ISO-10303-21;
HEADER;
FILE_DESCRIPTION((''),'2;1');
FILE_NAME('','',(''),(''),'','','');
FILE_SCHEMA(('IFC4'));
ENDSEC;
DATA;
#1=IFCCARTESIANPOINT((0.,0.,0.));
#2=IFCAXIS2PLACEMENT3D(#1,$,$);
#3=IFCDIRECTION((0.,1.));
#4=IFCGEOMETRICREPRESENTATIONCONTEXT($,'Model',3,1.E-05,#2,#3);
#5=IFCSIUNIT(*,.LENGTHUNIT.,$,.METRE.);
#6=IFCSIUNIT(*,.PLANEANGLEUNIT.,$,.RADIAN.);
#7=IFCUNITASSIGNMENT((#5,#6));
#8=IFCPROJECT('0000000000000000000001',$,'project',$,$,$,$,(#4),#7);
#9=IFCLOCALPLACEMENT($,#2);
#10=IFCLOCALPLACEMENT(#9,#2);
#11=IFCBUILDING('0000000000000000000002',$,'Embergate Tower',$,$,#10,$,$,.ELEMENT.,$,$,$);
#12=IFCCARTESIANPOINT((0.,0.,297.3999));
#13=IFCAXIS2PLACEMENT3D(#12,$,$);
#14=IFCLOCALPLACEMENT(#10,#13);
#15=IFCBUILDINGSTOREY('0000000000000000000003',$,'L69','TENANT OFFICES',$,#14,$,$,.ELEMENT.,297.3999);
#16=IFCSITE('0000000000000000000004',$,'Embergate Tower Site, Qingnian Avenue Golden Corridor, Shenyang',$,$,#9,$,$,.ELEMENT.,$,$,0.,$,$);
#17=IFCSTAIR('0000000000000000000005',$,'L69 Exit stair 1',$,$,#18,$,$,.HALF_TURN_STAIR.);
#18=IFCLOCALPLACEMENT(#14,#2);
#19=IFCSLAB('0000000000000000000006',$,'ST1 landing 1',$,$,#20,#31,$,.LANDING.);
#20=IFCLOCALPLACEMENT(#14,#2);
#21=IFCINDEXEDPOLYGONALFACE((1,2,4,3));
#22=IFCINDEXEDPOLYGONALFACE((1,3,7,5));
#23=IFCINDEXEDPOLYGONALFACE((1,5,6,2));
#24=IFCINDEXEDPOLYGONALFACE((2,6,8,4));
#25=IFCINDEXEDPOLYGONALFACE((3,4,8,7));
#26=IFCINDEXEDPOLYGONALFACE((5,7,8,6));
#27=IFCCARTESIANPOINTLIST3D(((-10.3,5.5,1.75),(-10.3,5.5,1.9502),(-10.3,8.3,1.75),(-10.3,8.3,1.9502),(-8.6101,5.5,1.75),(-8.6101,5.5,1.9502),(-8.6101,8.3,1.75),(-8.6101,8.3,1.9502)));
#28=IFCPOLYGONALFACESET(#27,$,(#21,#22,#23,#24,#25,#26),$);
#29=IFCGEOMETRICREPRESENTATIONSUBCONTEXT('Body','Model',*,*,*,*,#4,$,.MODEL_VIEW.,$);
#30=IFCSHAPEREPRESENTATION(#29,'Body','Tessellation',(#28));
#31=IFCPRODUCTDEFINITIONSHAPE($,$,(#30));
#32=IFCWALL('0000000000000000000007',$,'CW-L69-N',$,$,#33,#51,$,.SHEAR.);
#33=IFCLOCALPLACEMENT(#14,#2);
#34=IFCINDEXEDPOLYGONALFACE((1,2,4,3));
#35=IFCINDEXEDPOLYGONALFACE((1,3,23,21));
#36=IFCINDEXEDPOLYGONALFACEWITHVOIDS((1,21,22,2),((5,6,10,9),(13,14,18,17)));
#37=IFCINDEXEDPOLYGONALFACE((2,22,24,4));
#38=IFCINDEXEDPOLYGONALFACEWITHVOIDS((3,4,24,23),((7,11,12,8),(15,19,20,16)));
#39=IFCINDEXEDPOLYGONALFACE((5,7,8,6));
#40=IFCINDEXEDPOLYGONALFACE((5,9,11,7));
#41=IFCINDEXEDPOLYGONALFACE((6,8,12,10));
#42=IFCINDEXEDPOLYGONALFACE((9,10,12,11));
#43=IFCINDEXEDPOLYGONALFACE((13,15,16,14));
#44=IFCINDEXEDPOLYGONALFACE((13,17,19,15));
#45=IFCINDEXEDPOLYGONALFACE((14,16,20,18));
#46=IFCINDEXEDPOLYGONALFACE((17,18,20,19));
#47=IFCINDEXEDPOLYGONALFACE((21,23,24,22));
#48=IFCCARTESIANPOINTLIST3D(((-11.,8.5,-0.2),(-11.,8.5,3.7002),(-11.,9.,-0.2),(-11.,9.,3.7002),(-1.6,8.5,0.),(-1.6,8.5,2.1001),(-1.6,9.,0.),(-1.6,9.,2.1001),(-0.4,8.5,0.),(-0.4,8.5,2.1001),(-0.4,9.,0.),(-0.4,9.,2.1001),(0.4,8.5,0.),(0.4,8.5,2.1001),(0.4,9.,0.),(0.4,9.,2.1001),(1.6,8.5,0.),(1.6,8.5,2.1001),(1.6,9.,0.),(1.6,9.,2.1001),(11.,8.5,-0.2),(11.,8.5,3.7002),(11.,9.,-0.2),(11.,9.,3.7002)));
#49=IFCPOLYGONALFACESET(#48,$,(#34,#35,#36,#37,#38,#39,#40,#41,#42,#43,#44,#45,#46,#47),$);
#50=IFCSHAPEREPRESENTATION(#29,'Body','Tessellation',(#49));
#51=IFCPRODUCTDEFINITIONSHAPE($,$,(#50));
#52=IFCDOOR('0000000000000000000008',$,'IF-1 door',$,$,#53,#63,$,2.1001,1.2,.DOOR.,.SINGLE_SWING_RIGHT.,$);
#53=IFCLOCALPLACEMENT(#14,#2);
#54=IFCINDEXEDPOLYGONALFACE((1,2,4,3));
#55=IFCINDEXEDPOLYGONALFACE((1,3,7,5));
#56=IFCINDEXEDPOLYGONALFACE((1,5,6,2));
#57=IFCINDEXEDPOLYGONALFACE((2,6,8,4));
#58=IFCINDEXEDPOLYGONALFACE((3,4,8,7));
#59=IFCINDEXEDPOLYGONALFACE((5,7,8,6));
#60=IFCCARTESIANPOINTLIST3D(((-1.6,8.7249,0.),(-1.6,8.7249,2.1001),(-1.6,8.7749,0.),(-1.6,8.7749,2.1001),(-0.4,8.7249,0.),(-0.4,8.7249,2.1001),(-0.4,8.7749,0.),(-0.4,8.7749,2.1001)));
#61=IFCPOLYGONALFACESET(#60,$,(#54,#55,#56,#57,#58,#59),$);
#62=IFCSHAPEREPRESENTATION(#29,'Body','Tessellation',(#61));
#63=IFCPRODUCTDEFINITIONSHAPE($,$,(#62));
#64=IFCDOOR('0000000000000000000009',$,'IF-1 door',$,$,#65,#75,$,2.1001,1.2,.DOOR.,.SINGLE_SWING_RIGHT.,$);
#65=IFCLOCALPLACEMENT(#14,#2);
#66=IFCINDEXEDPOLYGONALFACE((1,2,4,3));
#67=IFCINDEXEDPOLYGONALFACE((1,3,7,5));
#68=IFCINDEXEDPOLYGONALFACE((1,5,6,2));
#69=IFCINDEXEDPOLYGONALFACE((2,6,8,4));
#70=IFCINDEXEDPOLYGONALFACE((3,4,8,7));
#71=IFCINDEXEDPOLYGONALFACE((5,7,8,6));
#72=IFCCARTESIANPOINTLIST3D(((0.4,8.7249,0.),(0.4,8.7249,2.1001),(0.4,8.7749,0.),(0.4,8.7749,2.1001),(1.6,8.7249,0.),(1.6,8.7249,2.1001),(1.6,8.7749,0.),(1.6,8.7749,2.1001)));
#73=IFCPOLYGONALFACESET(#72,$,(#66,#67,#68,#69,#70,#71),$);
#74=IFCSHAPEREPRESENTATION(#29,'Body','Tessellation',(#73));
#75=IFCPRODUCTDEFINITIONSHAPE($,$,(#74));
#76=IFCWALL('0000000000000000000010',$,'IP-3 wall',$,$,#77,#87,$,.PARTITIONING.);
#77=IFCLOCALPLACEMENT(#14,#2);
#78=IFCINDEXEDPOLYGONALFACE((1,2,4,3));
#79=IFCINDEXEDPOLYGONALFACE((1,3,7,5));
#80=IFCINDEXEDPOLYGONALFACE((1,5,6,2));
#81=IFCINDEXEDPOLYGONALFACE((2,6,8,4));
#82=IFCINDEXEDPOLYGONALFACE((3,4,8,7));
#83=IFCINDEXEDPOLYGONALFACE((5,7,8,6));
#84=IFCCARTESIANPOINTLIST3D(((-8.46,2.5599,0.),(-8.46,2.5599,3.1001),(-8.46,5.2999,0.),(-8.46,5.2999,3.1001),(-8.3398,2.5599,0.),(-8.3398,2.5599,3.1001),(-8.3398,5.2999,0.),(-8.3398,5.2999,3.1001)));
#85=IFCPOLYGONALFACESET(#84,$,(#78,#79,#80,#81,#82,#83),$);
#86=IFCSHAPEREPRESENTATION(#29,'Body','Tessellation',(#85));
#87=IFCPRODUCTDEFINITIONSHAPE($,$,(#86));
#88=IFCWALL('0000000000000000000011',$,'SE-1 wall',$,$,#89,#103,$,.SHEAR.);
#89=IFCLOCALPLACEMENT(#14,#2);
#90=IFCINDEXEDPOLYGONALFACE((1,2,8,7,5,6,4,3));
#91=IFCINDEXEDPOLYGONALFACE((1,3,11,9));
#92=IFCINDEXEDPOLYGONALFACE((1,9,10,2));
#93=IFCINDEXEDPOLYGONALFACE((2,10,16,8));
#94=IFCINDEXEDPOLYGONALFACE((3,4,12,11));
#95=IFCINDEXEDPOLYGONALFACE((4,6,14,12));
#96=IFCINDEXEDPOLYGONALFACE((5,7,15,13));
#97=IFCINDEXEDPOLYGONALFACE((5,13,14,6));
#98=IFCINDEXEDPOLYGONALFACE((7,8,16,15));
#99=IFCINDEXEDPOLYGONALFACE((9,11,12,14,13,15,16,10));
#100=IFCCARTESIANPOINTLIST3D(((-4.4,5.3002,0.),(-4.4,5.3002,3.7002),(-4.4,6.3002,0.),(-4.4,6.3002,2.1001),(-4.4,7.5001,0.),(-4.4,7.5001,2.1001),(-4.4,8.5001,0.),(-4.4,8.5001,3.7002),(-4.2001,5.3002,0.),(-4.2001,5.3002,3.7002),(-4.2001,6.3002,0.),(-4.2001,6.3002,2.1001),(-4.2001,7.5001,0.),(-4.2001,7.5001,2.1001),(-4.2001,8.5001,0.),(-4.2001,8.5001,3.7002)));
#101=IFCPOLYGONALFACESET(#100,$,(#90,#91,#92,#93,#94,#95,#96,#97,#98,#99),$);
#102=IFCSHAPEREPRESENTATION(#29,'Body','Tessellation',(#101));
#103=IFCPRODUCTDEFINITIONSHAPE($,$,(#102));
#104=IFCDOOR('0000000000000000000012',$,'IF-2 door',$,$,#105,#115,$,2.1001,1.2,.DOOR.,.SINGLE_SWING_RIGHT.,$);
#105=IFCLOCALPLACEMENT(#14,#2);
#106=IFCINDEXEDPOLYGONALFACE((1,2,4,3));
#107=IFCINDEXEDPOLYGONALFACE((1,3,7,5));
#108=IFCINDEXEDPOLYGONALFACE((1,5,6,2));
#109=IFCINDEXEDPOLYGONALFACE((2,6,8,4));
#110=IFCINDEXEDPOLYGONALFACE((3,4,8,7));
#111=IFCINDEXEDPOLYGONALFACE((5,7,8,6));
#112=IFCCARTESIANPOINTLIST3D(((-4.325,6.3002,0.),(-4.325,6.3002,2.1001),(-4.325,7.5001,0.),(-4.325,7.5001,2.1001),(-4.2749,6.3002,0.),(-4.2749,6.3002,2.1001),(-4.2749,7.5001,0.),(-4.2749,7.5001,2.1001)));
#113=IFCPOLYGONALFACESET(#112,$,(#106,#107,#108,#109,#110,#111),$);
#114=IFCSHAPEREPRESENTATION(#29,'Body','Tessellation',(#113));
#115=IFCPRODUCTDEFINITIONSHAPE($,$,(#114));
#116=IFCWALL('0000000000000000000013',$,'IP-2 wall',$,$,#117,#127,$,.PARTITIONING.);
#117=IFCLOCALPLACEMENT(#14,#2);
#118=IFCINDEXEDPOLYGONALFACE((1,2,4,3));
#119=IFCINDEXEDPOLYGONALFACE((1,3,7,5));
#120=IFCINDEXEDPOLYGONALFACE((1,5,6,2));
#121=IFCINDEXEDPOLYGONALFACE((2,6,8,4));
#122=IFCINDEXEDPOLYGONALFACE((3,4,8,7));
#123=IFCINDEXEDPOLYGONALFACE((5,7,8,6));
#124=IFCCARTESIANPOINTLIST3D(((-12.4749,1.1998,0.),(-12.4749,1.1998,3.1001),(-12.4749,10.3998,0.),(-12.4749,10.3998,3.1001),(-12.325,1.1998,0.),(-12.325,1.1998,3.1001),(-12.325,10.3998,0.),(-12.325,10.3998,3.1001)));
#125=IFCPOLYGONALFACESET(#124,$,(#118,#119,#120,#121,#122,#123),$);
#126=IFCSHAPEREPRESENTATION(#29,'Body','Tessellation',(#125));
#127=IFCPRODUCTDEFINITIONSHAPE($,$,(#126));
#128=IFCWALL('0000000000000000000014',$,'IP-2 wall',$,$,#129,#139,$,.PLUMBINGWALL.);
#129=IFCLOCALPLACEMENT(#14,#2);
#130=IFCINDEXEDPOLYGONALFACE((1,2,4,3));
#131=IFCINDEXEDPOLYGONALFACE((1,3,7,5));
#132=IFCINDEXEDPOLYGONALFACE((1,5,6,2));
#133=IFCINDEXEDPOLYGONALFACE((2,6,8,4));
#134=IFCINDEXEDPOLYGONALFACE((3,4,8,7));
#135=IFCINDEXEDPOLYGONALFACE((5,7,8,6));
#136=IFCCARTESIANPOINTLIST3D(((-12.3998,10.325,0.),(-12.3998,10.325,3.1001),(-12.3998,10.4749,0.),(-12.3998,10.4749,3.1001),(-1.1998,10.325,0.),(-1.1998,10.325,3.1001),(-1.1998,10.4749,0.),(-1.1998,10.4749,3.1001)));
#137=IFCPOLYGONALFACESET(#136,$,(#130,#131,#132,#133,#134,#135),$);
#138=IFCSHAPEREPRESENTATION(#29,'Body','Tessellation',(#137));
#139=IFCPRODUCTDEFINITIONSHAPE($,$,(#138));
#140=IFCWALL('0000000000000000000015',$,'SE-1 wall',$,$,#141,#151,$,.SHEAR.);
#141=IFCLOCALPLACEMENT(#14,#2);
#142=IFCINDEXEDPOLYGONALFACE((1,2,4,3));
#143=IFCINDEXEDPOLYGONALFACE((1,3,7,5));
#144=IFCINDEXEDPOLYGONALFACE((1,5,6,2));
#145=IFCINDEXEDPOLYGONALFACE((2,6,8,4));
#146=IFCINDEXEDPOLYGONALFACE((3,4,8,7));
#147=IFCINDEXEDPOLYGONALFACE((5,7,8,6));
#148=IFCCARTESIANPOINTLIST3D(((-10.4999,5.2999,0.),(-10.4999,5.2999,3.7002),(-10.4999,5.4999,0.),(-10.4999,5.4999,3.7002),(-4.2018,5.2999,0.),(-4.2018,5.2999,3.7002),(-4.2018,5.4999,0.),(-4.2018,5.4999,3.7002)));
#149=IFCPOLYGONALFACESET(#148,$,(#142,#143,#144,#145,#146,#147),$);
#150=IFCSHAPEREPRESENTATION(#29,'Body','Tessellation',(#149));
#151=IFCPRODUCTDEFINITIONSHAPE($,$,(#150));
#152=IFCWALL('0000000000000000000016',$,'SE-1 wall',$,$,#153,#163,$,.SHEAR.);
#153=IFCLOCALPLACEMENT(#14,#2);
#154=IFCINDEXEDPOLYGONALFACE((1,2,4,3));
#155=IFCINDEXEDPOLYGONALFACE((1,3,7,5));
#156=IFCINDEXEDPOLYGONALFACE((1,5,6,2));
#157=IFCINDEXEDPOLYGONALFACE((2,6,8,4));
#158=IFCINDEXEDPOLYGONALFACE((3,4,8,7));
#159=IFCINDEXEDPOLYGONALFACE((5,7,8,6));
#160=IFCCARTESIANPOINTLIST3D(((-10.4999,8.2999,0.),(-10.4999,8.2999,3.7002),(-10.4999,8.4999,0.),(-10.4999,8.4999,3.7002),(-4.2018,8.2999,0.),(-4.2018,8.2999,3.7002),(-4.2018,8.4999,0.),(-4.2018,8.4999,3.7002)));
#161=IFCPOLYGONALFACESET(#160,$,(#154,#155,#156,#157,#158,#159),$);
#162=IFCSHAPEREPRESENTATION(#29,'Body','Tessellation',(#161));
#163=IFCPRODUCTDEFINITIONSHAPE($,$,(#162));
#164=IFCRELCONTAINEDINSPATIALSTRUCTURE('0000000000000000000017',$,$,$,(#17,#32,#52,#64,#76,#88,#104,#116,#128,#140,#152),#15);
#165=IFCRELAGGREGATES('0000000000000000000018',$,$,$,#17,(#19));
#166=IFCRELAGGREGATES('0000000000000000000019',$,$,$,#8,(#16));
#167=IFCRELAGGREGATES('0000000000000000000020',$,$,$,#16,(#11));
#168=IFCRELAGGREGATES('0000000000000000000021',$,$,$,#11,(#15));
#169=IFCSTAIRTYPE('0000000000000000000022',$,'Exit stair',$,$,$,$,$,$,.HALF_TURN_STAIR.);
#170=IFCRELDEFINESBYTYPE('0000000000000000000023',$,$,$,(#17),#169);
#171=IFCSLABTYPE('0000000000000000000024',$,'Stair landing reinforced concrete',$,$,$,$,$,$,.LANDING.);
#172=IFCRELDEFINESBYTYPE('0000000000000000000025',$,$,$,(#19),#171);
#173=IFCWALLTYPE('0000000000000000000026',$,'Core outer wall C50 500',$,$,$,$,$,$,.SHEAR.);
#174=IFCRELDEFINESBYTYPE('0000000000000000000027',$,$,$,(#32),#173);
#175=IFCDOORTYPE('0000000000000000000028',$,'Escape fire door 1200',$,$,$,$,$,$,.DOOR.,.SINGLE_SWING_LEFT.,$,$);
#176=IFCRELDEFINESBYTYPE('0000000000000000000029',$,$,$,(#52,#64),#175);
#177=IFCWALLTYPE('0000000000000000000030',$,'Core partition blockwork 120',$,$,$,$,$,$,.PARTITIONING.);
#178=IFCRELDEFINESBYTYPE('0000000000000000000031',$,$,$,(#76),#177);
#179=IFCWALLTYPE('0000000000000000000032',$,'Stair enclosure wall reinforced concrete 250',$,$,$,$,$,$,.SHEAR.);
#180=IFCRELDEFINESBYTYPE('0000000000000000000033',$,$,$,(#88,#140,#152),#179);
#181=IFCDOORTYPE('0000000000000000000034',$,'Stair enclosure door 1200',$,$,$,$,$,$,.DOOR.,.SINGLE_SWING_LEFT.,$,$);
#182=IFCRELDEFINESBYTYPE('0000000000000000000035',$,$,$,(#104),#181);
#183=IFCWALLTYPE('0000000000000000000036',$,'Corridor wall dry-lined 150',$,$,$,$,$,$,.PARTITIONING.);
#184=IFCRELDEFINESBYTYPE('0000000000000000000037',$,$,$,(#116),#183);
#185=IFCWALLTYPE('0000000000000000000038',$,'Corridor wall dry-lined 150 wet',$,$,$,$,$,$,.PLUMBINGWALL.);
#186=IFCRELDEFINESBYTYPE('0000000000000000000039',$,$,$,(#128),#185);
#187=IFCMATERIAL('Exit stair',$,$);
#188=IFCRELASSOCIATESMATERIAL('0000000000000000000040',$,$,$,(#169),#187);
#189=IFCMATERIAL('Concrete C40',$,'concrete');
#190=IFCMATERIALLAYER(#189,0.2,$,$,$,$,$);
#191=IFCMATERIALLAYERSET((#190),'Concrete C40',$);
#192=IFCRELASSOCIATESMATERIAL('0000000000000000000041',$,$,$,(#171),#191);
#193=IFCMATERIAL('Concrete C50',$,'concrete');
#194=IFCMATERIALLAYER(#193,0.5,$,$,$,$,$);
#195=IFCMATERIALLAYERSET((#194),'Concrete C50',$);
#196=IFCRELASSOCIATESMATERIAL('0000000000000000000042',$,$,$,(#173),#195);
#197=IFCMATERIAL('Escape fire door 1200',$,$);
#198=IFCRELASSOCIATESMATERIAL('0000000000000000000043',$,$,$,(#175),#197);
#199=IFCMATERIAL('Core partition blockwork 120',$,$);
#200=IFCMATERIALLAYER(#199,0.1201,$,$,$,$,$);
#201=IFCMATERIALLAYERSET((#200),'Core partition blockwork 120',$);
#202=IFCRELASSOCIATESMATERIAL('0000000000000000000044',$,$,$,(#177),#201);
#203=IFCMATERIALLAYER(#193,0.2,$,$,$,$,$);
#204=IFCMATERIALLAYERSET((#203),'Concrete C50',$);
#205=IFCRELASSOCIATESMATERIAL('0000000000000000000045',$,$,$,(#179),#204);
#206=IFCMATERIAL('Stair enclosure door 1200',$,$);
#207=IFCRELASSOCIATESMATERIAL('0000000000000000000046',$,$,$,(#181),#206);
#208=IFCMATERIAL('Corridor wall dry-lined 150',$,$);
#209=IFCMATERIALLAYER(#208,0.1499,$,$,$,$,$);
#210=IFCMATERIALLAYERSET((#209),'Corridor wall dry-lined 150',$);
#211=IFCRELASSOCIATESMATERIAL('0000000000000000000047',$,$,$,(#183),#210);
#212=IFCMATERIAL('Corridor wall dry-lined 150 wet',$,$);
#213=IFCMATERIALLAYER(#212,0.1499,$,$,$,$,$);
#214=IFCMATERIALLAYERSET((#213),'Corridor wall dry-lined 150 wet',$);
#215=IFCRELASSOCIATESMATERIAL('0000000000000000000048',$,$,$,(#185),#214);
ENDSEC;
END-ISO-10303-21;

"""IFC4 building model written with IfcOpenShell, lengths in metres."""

from ifc_helpers import new_model, si_unit, direction, frame, frame_2d, origin, place, context, subcontext, project, spatial, polyline, rectangle, outline, extrude, source, transform, mapped, material, layer, layer_set, type_object, element, fill, aggregate, save


model = new_model("IFC4")

# Units and contexts
model_context = context("Model", 3, precision=1e-05, world=origin(), true_north=direction((0.0, 1.0)))
body_context = subcontext(model_context, "Body", "Model", "MODEL_VIEW")
ifc_project = project(units=[si_unit("LENGTHUNIT", "METRE"), si_unit("PLANEANGLEUNIT", "RADIAN")], contexts=[model_context])

# Site, building, storey
site_placement = place(None, origin())
site = spatial("IfcSite", under=ifc_project, at=site_placement, Name="Embergate Tower Site, Qingnian Avenue Golden Corridor, Shenyang", CompositionType="ELEMENT", RefElevation=0.0)
building_placement = place(site_placement, origin())
building = spatial("IfcBuilding", under=site, at=building_placement, Name="Embergate Tower", CompositionType="ELEMENT")
storey_placement = place(building_placement, frame((0.0, 0.0, 297.3999)))
storey = spatial("IfcBuildingStorey", under=building, at=storey_placement, Name="L69", Description="TENANT OFFICES", CompositionType="ELEMENT", Elevation=297.3999)

# Stair, slab
ifc_material_1 = material(Name="Exit stair")
stair_type = type_object("IfcStairType", Name="Exit stair", PredefinedType="HALF_TURN_STAIR", material=ifc_material_1)
stair_placement = place(storey_placement, origin())
stair = element("IfcStair", 1, at=stair_placement, inside=storey, type_object=stair_type, Name="L69 Exit stair 1", PredefinedType="HALF_TURN_STAIR")
ifc_material_2 = material(Name="Concrete C40", Category="concrete")
ifc_layer_1 = layer(ifc_material_2, 0.2)
ifc_layer_set_1 = layer_set([ifc_layer_1], Name="Concrete C40")
slab_type = type_object("IfcSlabType", Name="Stair landing reinforced concrete", PredefinedType="LANDING", material=ifc_layer_set_1)
shared_shape_1 = source(origin(), body_context, "Body", "SweptSolid", [
    extrude(outline(polyline([(0.0, 0.0), (1.6899, 0.0), (1.6899, 2.8), (0.0, 2.8), (0.0, 0.0)])), origin(), (0.0, 0.0, 1.0), 0.2002),
])
slab_placement = place(storey_placement, frame((-10.3, 5.5, 1.75)))
slab = element("IfcSlab", 2, at=slab_placement, type_object=slab_type, Name="ST1 landing 1", PredefinedType="LANDING", context=body_context, shape_type="MappedRepresentation", body=[
    mapped(shared_shape_1, transform((0.0, 0.0, 0.0))),
])

# Wall, openings, doors
ifc_material_3 = material(Name="Concrete C50", Category="concrete")
ifc_layer_2 = layer(ifc_material_3, 0.5)
ifc_layer_set_2 = layer_set([ifc_layer_2], Name="Concrete C50")
wall_type_1 = type_object("IfcWallType", Name="Core outer wall C50 500", PredefinedType="SHEAR", material=ifc_layer_set_2)
shared_shape_2 = source(origin(), body_context, "Body", "SweptSolid", [
    extrude(rectangle(XDim=22.0, YDim=0.5, at=frame_2d((11.0, 0.0))), origin(), (0.0, 0.0, 1.0), 3.9001),
])
wall_1_placement = place(storey_placement, frame((-11.0, 8.75, -0.2), z_axis=(0.0, 0.0, 1.0), x_axis=(1.0, 0.0, 0.0)))
wall_1 = element("IfcWall", 3, at=wall_1_placement, inside=storey, type_object=wall_type_1, Name="CW-L69-N", PredefinedType="SHEAR", context=body_context, shape_type="MappedRepresentation", body=[
    mapped(shared_shape_2, transform((0.0, 0.0, 0.0))),
])
shared_shape_3 = source(origin(), body_context, "Body", "SweptSolid", [
    extrude(rectangle(XDim=1.2, YDim=2.1001, at=frame_2d((0.6001, 1.05))), frame((0.0, 0.26, 0.0), z_axis=(0.0, -1.0, 0.0), x_axis=(1.0, 0.0, 0.0)), (0.0, 0.0, 1.0), 0.52),
])
opening_1_placement = place(wall_1_placement, frame((9.3999, 0.0, 0.2)))
opening_1 = element("IfcOpeningElement", 4, at=opening_1_placement, cuts=wall_1, PredefinedType="OPENING", context=body_context, shape_type="MappedRepresentation", body=[
    mapped(shared_shape_3, transform((0.0, 0.0, 0.0))),
])
opening_2_placement = place(wall_1_placement, frame((11.3999, 0.0, 0.2)))
opening_2 = element("IfcOpeningElement", 5, at=opening_2_placement, cuts=wall_1, PredefinedType="OPENING", context=body_context, shape_type="MappedRepresentation", body=[
    mapped(shared_shape_3, transform((0.0, 0.0, 0.0))),
])
ifc_material_4 = material(Name="Escape fire door 1200")
door_type_1 = type_object("IfcDoorType", Name="Escape fire door 1200", OperationType="SINGLE_SWING_LEFT", PredefinedType="DOOR", material=ifc_material_4)
shared_shape_4 = source(origin(), body_context, "Body", "SweptSolid", [
    extrude(rectangle(XDim=1.2, YDim=2.1001, at=frame_2d((0.6001, 1.05))), frame((0.0, 0.0249, 0.0), z_axis=(0.0, -1.0, 0.0), x_axis=(1.0, 0.0, 0.0)), (0.0, 0.0, 1.0), 0.05),
])
door_1_placement = place(opening_1_placement, origin())
door_1 = element("IfcDoor", 6, at=door_1_placement, inside=storey, type_object=door_type_1, Name="IF-1 door", OperationType="SINGLE_SWING_RIGHT", OverallHeight=2.1001, OverallWidth=1.2, PredefinedType="DOOR", context=body_context, shape_type="MappedRepresentation", body=[
    mapped(shared_shape_4, transform((0.0, 0.0, 0.0))),
])
fill(opening_1, door_1)
door_2_placement = place(opening_2_placement, origin())
door_2 = element("IfcDoor", 7, at=door_2_placement, inside=storey, type_object=door_type_1, Name="IF-1 door", OperationType="SINGLE_SWING_RIGHT", OverallHeight=2.1001, OverallWidth=1.2, PredefinedType="DOOR", context=body_context, shape_type="MappedRepresentation", body=[
    mapped(shared_shape_4, transform((0.0, 0.0, 0.0))),
])
fill(opening_2, door_2)

# Wall
ifc_material_5 = material(Name="Core partition blockwork 120")
ifc_layer_3 = layer(ifc_material_5, 0.1201)
ifc_layer_set_3 = layer_set([ifc_layer_3], Name="Core partition blockwork 120")
wall_type_2 = type_object("IfcWallType", Name="Core partition blockwork 120", PredefinedType="PARTITIONING", material=ifc_layer_set_3)
shared_shape_5 = source(origin(), body_context, "Body", "SweptSolid", [
    extrude(rectangle(XDim=2.74, YDim=0.1201, at=frame_2d((1.3701, 0.0))), origin(), (0.0, 0.0, 1.0), 3.1001),
])
wall_2_placement = place(storey_placement, frame((-8.3999, 5.3, 0.0), z_axis=(0.0, 0.0, 1.0), x_axis=(0.0, -1.0, 0.0)))
element("IfcWall", 8, at=wall_2_placement, inside=storey, type_object=wall_type_2, Name="IP-3 wall", PredefinedType="PARTITIONING", context=body_context, shape_type="MappedRepresentation", body=[
    mapped(shared_shape_5, transform((0.0, 0.0, 0.0))),
])

# Wall, opening, door
ifc_layer_4 = layer(ifc_material_3, 0.2)
ifc_layer_set_4 = layer_set([ifc_layer_4], Name="Concrete C50")
wall_type_3 = type_object("IfcWallType", Name="Stair enclosure wall reinforced concrete 250", PredefinedType="SHEAR", material=ifc_layer_set_4)
shared_shape_6 = source(origin(), body_context, "Body", "SweptSolid", [
    extrude(rectangle(XDim=3.2, YDim=0.2, at=frame_2d((1.6001, 0.0))), origin(), (0.0, 0.0, 1.0), 3.7002),
])
wall_3_placement = place(storey_placement, frame((-4.3, 5.3, 0.0), z_axis=(0.0, 0.0, 1.0), x_axis=(0.0, 1.0, 0.0)))
wall_3 = element("IfcWall", 9, at=wall_3_placement, inside=storey, type_object=wall_type_3, Name="SE-1 wall", PredefinedType="SHEAR", context=body_context, shape_type="MappedRepresentation", body=[
    mapped(shared_shape_6, transform((0.0, 0.0, 0.0))),
])
shared_shape_7 = source(origin(), body_context, "Body", "SweptSolid", [
    extrude(rectangle(XDim=1.2, YDim=2.1001, at=frame_2d((0.6001, 1.05))), frame((0.0, 0.1099, 0.0), z_axis=(0.0, -1.0, 0.0), x_axis=(1.0, 0.0, 0.0)), (0.0, 0.0, 1.0), 0.22),
])
opening_3_placement = place(wall_3_placement, frame((1.0, 0.0, 0.0)))
opening_3 = element("IfcOpeningElement", 10, at=opening_3_placement, cuts=wall_3, PredefinedType="OPENING", context=body_context, shape_type="MappedRepresentation", body=[
    mapped(shared_shape_7, transform((0.0, 0.0, 0.0))),
])
ifc_material_6 = material(Name="Stair enclosure door 1200")
door_type_2 = type_object("IfcDoorType", Name="Stair enclosure door 1200", OperationType="SINGLE_SWING_LEFT", PredefinedType="DOOR", material=ifc_material_6)
door_3_placement = place(opening_3_placement, origin())
door_3 = element("IfcDoor", 11, at=door_3_placement, inside=storey, type_object=door_type_2, Name="IF-2 door", OperationType="SINGLE_SWING_RIGHT", OverallHeight=2.1001, OverallWidth=1.2, PredefinedType="DOOR", context=body_context, shape_type="MappedRepresentation", body=[
    mapped(shared_shape_4, transform((0.0, 0.0, 0.0))),
])
fill(opening_3, door_3)

# Walls
ifc_material_7 = material(Name="Corridor wall dry-lined 150")
ifc_layer_5 = layer(ifc_material_7, 0.1499)
ifc_layer_set_5 = layer_set([ifc_layer_5], Name="Corridor wall dry-lined 150")
wall_type_4 = type_object("IfcWallType", Name="Corridor wall dry-lined 150", PredefinedType="PARTITIONING", material=ifc_layer_set_5)
shared_shape_8 = source(origin(), body_context, "Body", "SweptSolid", [
    extrude(rectangle(XDim=9.2, YDim=0.1499, at=frame_2d((4.6001, 0.0))), origin(), (0.0, 0.0, 1.0), 3.1001),
])
wall_4_placement = place(storey_placement, frame((-12.3999, 10.3999, 0.0), z_axis=(0.0, 0.0, 1.0), x_axis=(0.0, -1.0, 0.0)))
element("IfcWall", 12, at=wall_4_placement, inside=storey, type_object=wall_type_4, Name="IP-2 wall", PredefinedType="PARTITIONING", context=body_context, shape_type="MappedRepresentation", body=[
    mapped(shared_shape_8, transform((0.0, 0.0, 0.0))),
])
ifc_material_8 = material(Name="Corridor wall dry-lined 150 wet")
ifc_layer_6 = layer(ifc_material_8, 0.1499)
ifc_layer_set_6 = layer_set([ifc_layer_6], Name="Corridor wall dry-lined 150 wet")
wall_type_5 = type_object("IfcWallType", Name="Corridor wall dry-lined 150 wet", PredefinedType="PLUMBINGWALL", material=ifc_layer_set_6)
shared_shape_9 = source(origin(), body_context, "Body", "SweptSolid", [
    extrude(rectangle(XDim=11.2, YDim=0.1499, at=frame_2d((5.6001, 0.0))), origin(), (0.0, 0.0, 1.0), 3.1001),
])
wall_5_placement = place(storey_placement, frame((-12.3999, 10.3999, 0.0), z_axis=(0.0, 0.0, 1.0), x_axis=(1.0, 0.0, 0.0)))
element("IfcWall", 13, at=wall_5_placement, inside=storey, type_object=wall_type_5, Name="IP-2 wall", PredefinedType="PLUMBINGWALL", context=body_context, shape_type="MappedRepresentation", body=[
    mapped(shared_shape_9, transform((0.0, 0.0, 0.0))),
])
shared_shape_10 = source(origin(), body_context, "Body", "SweptSolid", [
    extrude(rectangle(XDim=6.2981, YDim=0.2, at=frame_2d((3.1489, 0.0))), origin(), (0.0, 0.0, 1.0), 3.7002),
])
for number, where, z_axis, x_axis, name in (
    (14, (-4.2019, 5.3999, 0.0), (0.0, 0.0, 1.0), (-1.0, 0.0, 0.0), "SE-1 wall"),
    (15, (-4.2019, 8.3999, 0.0), (0.0, 0.0, 1.0), (-1.0, 0.0, 0.0), "SE-1 wall"),
):
    element("IfcWall", number, at=place(storey_placement, frame(where, z_axis=z_axis, x_axis=x_axis)), inside=storey, type_object=wall_type_3, Name=name, PredefinedType="SHEAR", context=body_context, shape_type="MappedRepresentation", body=[
        mapped(shared_shape_10, transform((0.0, 0.0, 0.0))),
    ])

aggregate(stair, [slab])

save(model, "model.ifc")
